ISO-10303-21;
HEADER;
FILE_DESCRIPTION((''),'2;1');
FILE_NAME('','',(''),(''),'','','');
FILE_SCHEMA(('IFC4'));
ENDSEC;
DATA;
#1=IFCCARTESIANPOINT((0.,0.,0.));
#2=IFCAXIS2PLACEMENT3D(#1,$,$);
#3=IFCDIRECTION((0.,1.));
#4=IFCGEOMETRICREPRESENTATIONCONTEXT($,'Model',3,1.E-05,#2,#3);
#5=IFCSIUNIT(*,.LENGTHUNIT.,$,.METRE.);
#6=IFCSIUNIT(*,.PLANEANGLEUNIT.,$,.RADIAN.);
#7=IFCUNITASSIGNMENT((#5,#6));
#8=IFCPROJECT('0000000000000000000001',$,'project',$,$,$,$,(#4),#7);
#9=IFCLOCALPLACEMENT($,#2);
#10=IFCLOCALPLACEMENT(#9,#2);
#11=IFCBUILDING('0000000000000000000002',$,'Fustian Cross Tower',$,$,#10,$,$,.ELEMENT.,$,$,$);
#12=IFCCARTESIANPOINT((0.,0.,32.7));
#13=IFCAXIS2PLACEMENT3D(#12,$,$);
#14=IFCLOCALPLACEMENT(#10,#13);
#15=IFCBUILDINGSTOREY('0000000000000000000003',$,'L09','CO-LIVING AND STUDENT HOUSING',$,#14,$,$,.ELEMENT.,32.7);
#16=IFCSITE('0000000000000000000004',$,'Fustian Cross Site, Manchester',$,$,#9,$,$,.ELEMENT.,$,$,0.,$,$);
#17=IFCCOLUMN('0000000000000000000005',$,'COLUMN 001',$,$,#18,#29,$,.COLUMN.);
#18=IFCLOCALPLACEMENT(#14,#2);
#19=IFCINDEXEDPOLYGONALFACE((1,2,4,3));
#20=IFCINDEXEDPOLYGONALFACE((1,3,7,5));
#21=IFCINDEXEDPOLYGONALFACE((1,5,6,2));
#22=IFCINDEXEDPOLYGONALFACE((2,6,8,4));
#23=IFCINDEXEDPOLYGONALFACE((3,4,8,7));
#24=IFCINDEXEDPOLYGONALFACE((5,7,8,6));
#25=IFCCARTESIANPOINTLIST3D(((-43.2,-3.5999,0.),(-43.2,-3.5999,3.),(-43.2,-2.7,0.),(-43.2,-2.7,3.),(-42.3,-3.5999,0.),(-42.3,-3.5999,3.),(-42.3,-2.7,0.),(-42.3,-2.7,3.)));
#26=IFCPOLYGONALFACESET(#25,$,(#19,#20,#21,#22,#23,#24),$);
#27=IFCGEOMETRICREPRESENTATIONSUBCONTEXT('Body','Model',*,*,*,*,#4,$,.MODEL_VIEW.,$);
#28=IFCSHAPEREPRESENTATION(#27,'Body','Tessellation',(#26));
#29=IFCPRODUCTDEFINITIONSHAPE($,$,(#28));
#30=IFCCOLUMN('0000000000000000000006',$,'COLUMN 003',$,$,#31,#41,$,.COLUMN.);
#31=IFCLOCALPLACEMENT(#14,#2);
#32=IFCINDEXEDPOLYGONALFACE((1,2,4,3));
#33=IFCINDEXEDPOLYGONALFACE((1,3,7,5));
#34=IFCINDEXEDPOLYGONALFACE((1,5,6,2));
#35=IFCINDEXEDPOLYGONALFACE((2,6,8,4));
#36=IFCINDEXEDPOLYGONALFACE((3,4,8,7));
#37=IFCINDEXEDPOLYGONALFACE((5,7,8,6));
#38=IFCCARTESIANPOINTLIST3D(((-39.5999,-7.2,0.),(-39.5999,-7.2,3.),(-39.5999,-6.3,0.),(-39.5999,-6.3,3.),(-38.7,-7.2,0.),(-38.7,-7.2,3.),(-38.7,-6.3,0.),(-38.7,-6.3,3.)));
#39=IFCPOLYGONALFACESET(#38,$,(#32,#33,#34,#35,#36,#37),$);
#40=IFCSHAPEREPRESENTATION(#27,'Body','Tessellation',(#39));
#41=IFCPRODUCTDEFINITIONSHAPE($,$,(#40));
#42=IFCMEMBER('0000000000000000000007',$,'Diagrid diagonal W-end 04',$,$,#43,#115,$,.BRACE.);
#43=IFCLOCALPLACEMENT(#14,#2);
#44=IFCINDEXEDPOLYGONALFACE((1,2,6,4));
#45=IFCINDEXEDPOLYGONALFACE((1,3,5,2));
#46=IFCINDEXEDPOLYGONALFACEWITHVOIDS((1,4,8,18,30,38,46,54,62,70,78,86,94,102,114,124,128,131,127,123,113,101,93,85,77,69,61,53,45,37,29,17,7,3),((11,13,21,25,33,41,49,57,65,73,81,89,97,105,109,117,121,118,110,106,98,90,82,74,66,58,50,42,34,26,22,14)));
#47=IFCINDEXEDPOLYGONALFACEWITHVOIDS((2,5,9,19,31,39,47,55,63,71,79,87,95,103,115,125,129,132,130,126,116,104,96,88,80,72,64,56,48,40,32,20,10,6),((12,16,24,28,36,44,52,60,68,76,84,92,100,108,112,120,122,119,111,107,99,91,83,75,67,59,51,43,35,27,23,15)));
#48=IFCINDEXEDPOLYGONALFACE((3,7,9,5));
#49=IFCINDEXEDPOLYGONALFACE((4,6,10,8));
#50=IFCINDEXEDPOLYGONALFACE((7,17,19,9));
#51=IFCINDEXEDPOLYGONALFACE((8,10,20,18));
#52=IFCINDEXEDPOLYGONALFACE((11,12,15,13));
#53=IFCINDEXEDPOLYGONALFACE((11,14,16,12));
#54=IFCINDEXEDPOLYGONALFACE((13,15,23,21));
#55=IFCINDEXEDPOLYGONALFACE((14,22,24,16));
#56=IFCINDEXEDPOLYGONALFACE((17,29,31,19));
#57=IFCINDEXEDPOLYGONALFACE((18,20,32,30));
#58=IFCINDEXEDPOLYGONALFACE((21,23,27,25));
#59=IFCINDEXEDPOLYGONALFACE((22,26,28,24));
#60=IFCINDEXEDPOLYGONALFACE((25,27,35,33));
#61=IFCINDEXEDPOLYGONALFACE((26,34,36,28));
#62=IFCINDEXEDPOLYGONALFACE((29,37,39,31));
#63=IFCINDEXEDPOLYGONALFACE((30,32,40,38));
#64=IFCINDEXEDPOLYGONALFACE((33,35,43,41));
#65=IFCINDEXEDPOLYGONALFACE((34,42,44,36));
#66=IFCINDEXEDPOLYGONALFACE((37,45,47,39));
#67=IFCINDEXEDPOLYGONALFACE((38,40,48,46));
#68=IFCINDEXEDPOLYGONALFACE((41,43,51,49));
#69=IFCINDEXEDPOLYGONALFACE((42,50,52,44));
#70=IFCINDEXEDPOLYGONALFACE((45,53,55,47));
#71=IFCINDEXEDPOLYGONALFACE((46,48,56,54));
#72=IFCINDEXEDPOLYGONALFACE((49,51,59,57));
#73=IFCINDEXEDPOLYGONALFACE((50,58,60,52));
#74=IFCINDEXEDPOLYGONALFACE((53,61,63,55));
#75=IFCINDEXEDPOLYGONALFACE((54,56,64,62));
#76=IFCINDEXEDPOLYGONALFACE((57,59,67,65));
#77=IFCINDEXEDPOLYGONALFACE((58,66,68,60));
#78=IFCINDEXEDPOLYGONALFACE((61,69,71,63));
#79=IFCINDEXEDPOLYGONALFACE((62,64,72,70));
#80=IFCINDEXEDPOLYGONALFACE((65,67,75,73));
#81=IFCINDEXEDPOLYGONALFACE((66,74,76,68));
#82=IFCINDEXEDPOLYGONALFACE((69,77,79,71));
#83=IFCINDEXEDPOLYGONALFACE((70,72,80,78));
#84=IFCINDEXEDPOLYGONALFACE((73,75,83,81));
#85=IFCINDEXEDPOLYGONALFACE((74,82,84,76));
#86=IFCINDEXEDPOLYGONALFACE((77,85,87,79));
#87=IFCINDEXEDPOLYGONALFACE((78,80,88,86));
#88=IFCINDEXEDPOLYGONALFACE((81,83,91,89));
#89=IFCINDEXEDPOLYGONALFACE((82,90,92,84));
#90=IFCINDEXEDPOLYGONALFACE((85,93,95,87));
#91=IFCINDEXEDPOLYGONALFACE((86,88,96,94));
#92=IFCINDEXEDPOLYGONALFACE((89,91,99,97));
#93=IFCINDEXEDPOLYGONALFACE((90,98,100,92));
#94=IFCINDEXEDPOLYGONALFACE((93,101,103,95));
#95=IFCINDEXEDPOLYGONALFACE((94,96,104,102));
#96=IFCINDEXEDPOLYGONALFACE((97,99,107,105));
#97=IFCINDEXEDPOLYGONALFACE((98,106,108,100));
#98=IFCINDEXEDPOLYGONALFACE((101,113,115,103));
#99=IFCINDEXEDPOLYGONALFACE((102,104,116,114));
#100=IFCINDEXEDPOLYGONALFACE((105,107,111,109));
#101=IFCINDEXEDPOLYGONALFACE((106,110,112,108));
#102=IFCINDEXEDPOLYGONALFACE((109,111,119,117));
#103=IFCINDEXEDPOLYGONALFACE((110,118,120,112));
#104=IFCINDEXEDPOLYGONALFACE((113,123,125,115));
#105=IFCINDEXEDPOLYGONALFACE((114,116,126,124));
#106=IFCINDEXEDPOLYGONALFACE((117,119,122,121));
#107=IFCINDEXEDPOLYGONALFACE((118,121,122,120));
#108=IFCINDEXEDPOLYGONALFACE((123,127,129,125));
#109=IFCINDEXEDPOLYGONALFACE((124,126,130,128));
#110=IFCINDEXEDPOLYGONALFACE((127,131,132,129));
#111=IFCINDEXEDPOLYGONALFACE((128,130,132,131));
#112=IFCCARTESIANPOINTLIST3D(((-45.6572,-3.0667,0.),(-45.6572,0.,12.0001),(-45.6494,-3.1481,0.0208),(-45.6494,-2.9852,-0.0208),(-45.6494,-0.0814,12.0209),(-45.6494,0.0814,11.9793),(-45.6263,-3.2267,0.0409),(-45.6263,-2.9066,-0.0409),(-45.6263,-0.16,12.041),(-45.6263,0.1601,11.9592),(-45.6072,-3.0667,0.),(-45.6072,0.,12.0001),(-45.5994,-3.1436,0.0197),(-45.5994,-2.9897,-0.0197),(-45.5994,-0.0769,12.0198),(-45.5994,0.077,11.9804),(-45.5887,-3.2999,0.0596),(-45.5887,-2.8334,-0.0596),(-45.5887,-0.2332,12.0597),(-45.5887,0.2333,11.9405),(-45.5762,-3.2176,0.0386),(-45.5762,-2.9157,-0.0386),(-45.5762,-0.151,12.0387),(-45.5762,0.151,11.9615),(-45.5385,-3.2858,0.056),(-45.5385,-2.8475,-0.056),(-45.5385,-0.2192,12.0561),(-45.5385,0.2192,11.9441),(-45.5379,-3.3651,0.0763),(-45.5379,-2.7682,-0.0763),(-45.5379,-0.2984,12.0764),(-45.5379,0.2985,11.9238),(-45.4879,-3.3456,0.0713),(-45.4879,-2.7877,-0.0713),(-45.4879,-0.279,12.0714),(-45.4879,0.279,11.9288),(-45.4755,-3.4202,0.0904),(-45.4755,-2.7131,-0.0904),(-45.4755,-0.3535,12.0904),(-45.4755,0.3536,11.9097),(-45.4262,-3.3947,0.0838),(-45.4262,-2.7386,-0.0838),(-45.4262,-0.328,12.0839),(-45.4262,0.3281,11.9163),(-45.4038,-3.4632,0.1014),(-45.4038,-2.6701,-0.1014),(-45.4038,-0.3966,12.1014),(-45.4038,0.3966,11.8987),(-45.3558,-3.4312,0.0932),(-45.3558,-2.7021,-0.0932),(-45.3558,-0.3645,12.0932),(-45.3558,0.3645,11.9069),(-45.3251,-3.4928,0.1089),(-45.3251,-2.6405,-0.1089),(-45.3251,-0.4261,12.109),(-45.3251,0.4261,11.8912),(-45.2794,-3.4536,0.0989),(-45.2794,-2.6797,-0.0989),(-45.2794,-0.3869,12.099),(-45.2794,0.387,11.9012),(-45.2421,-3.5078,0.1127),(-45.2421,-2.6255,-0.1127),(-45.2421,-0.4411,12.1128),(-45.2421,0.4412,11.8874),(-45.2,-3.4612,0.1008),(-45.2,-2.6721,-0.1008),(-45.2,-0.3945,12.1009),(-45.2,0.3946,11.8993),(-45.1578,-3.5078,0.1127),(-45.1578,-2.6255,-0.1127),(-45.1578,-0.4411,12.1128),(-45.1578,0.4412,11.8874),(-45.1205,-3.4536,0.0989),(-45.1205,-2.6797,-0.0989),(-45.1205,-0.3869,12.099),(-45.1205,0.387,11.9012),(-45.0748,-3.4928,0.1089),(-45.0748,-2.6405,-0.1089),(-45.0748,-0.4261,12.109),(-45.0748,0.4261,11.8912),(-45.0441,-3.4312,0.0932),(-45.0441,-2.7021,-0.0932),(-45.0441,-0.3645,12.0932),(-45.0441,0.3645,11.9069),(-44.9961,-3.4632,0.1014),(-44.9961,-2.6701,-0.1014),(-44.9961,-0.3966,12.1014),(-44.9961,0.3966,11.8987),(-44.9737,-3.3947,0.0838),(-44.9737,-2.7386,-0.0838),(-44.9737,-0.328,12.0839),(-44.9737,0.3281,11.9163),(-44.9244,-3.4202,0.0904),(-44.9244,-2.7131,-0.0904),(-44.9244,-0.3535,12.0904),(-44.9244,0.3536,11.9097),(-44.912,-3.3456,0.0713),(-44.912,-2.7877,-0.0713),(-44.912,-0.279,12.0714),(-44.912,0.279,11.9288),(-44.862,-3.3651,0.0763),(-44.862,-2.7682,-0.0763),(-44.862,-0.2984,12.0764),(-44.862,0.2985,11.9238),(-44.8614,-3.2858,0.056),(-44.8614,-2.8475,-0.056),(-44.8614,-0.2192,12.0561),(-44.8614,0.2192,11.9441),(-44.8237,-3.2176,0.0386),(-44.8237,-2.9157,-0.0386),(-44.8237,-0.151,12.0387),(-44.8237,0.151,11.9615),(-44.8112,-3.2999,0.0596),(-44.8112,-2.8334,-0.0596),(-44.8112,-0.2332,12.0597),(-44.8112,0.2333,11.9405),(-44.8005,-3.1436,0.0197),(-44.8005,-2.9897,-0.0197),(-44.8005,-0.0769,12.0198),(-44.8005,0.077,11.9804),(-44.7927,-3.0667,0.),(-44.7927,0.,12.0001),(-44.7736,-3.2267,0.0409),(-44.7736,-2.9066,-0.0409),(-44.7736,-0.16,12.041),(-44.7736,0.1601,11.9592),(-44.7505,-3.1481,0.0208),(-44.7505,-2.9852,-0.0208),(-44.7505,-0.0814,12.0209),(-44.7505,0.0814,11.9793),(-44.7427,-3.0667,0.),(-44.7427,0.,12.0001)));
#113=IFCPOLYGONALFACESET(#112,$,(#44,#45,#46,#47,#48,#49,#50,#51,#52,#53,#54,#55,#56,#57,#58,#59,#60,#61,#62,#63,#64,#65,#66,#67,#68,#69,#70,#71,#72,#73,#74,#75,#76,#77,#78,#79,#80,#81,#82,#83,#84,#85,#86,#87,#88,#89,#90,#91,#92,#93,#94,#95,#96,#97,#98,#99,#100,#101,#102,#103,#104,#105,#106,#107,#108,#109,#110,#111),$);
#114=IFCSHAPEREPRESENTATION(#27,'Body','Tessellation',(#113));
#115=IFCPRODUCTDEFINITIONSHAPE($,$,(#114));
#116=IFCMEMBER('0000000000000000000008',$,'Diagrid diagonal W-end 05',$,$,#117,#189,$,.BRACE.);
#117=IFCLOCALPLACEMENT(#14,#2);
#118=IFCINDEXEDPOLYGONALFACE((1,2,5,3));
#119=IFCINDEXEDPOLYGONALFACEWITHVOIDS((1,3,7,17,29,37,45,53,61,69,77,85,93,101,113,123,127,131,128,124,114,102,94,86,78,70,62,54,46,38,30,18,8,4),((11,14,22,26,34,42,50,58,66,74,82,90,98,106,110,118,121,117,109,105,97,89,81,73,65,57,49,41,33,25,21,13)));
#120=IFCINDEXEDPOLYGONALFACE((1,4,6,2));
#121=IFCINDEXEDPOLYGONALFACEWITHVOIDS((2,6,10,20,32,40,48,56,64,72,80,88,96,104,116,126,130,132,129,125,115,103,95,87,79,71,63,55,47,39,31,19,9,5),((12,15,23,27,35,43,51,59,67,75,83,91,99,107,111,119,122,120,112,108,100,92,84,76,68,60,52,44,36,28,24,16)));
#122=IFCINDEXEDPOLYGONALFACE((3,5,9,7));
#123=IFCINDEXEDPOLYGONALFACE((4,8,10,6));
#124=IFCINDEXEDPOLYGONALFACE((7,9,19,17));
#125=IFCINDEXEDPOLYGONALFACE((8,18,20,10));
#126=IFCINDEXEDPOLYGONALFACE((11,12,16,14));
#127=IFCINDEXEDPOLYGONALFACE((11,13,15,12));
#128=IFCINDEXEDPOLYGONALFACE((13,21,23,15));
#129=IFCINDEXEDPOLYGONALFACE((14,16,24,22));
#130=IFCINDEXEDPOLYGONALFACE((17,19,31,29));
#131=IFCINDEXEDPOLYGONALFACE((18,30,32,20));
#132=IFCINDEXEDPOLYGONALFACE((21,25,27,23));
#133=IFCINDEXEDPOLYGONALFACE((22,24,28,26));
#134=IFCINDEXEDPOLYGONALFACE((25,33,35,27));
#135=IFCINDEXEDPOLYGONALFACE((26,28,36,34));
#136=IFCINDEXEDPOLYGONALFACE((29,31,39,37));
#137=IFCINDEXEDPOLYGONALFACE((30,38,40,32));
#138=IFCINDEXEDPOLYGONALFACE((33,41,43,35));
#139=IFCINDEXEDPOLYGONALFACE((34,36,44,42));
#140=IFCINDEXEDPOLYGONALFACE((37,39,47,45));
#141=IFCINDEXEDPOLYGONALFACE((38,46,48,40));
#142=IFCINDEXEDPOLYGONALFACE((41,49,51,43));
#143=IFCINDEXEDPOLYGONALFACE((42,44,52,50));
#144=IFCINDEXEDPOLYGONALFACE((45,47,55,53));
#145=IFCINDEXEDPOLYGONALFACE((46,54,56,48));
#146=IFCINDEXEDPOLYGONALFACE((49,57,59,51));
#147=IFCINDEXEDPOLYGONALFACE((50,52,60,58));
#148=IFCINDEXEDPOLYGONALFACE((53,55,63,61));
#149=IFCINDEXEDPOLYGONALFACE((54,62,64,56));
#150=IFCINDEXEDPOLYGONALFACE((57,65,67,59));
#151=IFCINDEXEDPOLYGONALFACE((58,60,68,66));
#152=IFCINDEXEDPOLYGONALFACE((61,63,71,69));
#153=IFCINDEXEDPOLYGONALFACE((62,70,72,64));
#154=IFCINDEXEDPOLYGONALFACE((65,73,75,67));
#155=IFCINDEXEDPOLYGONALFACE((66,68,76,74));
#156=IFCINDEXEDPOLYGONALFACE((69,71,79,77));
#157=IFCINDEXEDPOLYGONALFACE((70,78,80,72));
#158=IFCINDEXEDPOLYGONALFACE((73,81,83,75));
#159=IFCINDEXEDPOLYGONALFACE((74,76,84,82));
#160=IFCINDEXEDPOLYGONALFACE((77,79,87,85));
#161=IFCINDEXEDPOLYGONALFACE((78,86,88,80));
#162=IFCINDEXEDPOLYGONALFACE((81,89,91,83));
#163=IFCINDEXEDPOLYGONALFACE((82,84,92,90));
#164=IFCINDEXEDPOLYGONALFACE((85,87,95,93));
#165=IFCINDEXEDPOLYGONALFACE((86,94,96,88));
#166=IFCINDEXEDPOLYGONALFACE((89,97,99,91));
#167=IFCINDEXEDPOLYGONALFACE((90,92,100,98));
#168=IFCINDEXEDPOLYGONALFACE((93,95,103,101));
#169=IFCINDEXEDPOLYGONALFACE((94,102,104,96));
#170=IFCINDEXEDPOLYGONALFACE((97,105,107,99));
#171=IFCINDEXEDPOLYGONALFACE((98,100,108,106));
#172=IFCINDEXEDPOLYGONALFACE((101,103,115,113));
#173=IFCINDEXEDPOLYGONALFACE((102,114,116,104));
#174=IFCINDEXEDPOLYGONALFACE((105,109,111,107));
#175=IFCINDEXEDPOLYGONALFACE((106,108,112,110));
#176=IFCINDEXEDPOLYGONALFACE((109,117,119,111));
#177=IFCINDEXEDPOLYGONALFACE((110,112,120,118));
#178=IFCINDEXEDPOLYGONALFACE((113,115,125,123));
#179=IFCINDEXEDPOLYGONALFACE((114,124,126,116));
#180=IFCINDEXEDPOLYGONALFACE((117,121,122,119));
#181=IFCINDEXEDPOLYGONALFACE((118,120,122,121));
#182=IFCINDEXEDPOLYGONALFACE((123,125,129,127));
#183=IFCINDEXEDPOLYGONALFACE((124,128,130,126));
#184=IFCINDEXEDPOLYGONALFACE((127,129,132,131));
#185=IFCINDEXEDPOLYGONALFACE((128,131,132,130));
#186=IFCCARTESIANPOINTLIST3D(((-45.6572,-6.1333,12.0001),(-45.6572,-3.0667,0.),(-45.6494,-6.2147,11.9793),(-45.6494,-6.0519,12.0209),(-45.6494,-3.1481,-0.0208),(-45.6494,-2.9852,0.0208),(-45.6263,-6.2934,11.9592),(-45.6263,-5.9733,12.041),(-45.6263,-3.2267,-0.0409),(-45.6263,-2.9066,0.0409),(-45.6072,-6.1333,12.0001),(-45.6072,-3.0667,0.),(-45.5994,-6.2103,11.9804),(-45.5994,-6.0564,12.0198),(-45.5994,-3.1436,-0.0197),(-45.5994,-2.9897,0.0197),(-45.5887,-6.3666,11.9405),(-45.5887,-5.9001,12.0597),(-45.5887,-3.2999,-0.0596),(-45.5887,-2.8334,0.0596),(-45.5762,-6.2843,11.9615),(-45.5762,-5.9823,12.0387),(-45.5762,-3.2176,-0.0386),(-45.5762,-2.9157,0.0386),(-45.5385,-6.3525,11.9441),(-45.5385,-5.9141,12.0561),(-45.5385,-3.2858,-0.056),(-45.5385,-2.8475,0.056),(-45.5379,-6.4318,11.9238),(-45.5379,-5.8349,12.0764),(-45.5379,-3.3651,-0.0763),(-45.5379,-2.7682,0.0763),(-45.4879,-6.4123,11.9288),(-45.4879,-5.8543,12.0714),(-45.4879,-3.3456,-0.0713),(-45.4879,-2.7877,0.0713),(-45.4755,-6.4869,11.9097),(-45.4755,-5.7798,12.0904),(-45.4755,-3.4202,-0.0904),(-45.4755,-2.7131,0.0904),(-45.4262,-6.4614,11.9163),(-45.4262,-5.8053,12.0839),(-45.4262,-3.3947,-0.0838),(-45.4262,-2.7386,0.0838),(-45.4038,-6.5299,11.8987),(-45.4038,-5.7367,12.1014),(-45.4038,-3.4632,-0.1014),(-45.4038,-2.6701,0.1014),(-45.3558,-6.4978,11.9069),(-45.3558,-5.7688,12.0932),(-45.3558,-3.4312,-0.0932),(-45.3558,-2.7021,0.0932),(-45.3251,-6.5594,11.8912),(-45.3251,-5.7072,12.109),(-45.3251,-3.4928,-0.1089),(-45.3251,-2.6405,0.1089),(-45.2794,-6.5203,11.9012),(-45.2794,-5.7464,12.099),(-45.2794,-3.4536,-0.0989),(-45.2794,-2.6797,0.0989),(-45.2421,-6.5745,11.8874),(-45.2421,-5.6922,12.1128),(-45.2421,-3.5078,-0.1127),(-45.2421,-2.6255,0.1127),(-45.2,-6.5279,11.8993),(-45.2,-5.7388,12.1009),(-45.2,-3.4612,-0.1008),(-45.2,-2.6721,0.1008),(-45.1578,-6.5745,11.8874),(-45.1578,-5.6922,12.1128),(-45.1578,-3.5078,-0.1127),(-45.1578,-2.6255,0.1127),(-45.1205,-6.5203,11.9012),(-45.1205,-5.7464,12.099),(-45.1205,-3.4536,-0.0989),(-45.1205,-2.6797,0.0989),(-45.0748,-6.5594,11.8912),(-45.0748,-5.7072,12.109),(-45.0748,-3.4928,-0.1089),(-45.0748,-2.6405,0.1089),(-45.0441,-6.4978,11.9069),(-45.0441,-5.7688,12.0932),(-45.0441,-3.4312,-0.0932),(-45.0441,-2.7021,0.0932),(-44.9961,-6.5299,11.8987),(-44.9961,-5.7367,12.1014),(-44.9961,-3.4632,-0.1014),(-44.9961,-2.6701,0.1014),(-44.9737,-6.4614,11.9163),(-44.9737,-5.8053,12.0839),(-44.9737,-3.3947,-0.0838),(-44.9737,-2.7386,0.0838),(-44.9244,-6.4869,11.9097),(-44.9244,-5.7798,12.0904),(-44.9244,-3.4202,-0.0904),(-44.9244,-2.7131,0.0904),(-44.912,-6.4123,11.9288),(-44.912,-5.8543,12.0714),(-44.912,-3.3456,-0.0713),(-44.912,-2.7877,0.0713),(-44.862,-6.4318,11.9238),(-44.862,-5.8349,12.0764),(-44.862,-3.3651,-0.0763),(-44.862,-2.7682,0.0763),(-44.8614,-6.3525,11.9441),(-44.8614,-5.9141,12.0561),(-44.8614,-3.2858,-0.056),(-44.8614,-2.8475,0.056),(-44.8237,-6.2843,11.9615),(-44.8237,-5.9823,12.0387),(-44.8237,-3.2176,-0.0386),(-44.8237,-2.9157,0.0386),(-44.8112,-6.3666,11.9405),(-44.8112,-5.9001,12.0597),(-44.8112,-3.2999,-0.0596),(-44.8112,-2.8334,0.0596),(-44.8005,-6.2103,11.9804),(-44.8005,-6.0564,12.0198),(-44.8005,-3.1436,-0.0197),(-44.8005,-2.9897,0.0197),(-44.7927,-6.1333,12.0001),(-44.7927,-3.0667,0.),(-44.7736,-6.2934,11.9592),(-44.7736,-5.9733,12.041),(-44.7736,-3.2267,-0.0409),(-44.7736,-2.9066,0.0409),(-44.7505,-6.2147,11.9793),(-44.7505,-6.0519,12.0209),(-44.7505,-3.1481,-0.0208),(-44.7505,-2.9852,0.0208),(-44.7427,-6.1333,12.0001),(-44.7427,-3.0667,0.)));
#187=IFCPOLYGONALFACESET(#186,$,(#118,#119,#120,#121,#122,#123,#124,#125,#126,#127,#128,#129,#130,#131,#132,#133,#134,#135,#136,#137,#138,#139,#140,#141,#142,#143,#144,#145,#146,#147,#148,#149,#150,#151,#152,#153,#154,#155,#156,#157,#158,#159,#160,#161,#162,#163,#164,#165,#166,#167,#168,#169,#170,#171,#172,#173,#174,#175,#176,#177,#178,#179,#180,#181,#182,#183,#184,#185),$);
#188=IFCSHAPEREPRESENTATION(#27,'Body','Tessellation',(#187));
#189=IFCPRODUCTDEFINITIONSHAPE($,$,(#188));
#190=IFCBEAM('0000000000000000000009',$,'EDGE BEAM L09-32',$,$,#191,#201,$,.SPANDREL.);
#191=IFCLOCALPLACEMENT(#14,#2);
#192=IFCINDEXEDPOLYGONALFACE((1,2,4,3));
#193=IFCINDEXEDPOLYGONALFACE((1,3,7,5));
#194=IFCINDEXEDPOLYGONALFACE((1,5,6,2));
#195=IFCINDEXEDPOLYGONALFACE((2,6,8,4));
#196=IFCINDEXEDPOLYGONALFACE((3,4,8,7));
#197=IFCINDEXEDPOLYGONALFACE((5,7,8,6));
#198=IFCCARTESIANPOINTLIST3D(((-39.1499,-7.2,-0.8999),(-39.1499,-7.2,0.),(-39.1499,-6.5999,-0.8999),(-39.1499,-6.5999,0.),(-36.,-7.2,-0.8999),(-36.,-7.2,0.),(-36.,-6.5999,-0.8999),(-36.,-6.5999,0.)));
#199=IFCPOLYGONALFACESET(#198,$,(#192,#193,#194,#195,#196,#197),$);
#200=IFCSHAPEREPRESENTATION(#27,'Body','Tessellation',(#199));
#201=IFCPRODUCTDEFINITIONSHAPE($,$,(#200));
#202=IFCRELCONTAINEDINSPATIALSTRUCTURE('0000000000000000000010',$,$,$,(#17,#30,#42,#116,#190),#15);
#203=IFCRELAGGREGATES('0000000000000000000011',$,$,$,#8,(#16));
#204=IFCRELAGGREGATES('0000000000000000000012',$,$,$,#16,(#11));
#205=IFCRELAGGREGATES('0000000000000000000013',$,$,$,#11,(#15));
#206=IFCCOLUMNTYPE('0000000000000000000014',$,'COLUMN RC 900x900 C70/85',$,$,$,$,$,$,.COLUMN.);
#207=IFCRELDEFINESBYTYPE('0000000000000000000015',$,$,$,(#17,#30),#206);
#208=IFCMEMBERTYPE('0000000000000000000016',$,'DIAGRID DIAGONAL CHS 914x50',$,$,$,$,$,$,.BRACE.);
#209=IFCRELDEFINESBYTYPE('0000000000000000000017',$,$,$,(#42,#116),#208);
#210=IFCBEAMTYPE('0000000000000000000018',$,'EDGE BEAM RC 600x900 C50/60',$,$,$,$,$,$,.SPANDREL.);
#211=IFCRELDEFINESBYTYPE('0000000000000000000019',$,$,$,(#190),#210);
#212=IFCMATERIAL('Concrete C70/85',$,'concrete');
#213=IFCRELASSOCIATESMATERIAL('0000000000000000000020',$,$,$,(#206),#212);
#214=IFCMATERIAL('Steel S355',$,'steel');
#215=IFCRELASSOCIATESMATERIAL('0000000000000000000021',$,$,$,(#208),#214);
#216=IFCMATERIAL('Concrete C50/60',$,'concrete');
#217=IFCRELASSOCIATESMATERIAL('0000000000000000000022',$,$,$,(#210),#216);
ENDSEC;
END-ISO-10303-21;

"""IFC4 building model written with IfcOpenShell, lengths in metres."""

from ifc_helpers import new_model, si_unit, direction, frame, origin, origin_2d, place, context, subcontext, project, spatial, rectangle, hollow_circle, extrude, material, material_profile, profile_set, type_object, element, save


model = new_model("IFC4")

# Units and contexts
model_context = context("Model", 3, precision=1e-05, world=origin(), true_north=direction((0.0, 1.0)))
body_context = subcontext(model_context, "Body", "Model", "MODEL_VIEW")
ifc_project = project(units=[si_unit("LENGTHUNIT", "METRE"), si_unit("PLANEANGLEUNIT", "RADIAN")], contexts=[model_context])

# Site, building, storey
site_placement = place(None, origin())
site = spatial("IfcSite", under=ifc_project, at=site_placement, Name="Fustian Cross Site, Manchester", CompositionType="ELEMENT", RefElevation=0.0)
building_placement = place(site_placement, origin())
building = spatial("IfcBuilding", under=site, at=building_placement, Name="Fustian Cross Tower", CompositionType="ELEMENT")
storey_placement = place(building_placement, frame((0.0, 0.0, 32.7)))
storey = spatial("IfcBuildingStorey", under=building, at=storey_placement, Name="L09", Description="CO-LIVING AND STUDENT HOUSING", CompositionType="ELEMENT", Elevation=32.7)

# Columns
ifc_material_1 = material(Name="Concrete C70/85", Category="concrete")
ifc_material_profile_1 = material_profile(ifc_material_1, rectangle(XDim=0.8999, YDim=0.8999, at=origin_2d()), Name="RC 900x900")
ifc_profile_set_1 = profile_set([ifc_material_profile_1], Name="Concrete C70/85")
column_type = type_object("IfcColumnType", Name="COLUMN RC 900x900 C70/85", PredefinedType="COLUMN", material=ifc_profile_set_1)
for number, where, z_axis, x_axis, name in (
    (1, (-42.75, -3.1499, 0.0), (0.0, 0.0, 1.0), (1.0, 0.0, 0.0), "COLUMN 001"),
    (2, (-39.1499, -6.75, 0.0), (0.0, 0.0, 1.0), (1.0, 0.0, 0.0), "COLUMN 003"),
):
    element("IfcColumn", number, at=place(storey_placement, frame(where, z_axis=z_axis, x_axis=x_axis)), inside=storey, type_object=column_type, Name=name, PredefinedType="COLUMN", context=body_context, shape_type="SweptSolid", body=[
        extrude(rectangle(XDim=0.8999, YDim=0.8999, at=origin_2d()), origin(), (0.0, 0.0, 1.0), 3.0),
    ])

# Members
ifc_material_2 = material(Name="Steel S355", Category="steel")
ifc_material_profile_2 = material_profile(ifc_material_2, hollow_circle(Radius=0.4573, WallThickness=0.05, at=origin_2d()), Name="CHS 914x50")
ifc_profile_set_2 = profile_set([ifc_material_profile_2], Name="Steel S355")
member_type = type_object("IfcMemberType", Name="DIAGRID DIAGONAL CHS 914x50", PredefinedType="BRACE", material=ifc_profile_set_2)
for number, where, z_axis, x_axis, name in (
    (3, (-45.2, -3.0667, 0.0), (0.0, 0.247597, 0.968863), (-1.0, 0.0, 0.0), "Diagrid diagonal W-end 04"),
    (4, (-45.2, -3.0667, 0.0), (0.0, -0.247597, 0.968863), (1.0, 0.0, 0.0), "Diagrid diagonal W-end 05"),
):
    element("IfcMember", number, at=place(storey_placement, frame(where, z_axis=z_axis, x_axis=x_axis)), inside=storey, type_object=member_type, Name=name, PredefinedType="BRACE", context=body_context, shape_type="SweptSolid", body=[
        extrude(hollow_circle(Radius=0.4573, WallThickness=0.05, at=origin_2d()), origin(), (0.0, 0.0, 1.0), 12.3857),
    ])

# Beam
ifc_material_3 = material(Name="Concrete C50/60", Category="concrete")
ifc_material_profile_3 = material_profile(ifc_material_3, rectangle(XDim=0.6001, YDim=0.8999, at=origin_2d()), Name="RC 600x900")
ifc_profile_set_3 = profile_set([ifc_material_profile_3], Name="Concrete C50/60")
beam_type = type_object("IfcBeamType", Name="EDGE BEAM RC 600x900 C50/60", PredefinedType="SPANDREL", material=ifc_profile_set_3)
beam_placement = place(storey_placement, frame((-39.1499, -6.8999, -0.45), z_axis=(1.0, 0.0, 0.0), x_axis=(0.0, 1.0, 0.0)))
element("IfcBeam", 5, at=beam_placement, inside=storey, type_object=beam_type, Name="EDGE BEAM L09-32", PredefinedType="SPANDREL", context=body_context, shape_type="SweptSolid", body=[
    extrude(rectangle(XDim=0.6001, YDim=0.8999, at=origin_2d()), origin(), (0.0, 0.0, 1.0), 3.1499),
])

save(model, "model.ifc")
